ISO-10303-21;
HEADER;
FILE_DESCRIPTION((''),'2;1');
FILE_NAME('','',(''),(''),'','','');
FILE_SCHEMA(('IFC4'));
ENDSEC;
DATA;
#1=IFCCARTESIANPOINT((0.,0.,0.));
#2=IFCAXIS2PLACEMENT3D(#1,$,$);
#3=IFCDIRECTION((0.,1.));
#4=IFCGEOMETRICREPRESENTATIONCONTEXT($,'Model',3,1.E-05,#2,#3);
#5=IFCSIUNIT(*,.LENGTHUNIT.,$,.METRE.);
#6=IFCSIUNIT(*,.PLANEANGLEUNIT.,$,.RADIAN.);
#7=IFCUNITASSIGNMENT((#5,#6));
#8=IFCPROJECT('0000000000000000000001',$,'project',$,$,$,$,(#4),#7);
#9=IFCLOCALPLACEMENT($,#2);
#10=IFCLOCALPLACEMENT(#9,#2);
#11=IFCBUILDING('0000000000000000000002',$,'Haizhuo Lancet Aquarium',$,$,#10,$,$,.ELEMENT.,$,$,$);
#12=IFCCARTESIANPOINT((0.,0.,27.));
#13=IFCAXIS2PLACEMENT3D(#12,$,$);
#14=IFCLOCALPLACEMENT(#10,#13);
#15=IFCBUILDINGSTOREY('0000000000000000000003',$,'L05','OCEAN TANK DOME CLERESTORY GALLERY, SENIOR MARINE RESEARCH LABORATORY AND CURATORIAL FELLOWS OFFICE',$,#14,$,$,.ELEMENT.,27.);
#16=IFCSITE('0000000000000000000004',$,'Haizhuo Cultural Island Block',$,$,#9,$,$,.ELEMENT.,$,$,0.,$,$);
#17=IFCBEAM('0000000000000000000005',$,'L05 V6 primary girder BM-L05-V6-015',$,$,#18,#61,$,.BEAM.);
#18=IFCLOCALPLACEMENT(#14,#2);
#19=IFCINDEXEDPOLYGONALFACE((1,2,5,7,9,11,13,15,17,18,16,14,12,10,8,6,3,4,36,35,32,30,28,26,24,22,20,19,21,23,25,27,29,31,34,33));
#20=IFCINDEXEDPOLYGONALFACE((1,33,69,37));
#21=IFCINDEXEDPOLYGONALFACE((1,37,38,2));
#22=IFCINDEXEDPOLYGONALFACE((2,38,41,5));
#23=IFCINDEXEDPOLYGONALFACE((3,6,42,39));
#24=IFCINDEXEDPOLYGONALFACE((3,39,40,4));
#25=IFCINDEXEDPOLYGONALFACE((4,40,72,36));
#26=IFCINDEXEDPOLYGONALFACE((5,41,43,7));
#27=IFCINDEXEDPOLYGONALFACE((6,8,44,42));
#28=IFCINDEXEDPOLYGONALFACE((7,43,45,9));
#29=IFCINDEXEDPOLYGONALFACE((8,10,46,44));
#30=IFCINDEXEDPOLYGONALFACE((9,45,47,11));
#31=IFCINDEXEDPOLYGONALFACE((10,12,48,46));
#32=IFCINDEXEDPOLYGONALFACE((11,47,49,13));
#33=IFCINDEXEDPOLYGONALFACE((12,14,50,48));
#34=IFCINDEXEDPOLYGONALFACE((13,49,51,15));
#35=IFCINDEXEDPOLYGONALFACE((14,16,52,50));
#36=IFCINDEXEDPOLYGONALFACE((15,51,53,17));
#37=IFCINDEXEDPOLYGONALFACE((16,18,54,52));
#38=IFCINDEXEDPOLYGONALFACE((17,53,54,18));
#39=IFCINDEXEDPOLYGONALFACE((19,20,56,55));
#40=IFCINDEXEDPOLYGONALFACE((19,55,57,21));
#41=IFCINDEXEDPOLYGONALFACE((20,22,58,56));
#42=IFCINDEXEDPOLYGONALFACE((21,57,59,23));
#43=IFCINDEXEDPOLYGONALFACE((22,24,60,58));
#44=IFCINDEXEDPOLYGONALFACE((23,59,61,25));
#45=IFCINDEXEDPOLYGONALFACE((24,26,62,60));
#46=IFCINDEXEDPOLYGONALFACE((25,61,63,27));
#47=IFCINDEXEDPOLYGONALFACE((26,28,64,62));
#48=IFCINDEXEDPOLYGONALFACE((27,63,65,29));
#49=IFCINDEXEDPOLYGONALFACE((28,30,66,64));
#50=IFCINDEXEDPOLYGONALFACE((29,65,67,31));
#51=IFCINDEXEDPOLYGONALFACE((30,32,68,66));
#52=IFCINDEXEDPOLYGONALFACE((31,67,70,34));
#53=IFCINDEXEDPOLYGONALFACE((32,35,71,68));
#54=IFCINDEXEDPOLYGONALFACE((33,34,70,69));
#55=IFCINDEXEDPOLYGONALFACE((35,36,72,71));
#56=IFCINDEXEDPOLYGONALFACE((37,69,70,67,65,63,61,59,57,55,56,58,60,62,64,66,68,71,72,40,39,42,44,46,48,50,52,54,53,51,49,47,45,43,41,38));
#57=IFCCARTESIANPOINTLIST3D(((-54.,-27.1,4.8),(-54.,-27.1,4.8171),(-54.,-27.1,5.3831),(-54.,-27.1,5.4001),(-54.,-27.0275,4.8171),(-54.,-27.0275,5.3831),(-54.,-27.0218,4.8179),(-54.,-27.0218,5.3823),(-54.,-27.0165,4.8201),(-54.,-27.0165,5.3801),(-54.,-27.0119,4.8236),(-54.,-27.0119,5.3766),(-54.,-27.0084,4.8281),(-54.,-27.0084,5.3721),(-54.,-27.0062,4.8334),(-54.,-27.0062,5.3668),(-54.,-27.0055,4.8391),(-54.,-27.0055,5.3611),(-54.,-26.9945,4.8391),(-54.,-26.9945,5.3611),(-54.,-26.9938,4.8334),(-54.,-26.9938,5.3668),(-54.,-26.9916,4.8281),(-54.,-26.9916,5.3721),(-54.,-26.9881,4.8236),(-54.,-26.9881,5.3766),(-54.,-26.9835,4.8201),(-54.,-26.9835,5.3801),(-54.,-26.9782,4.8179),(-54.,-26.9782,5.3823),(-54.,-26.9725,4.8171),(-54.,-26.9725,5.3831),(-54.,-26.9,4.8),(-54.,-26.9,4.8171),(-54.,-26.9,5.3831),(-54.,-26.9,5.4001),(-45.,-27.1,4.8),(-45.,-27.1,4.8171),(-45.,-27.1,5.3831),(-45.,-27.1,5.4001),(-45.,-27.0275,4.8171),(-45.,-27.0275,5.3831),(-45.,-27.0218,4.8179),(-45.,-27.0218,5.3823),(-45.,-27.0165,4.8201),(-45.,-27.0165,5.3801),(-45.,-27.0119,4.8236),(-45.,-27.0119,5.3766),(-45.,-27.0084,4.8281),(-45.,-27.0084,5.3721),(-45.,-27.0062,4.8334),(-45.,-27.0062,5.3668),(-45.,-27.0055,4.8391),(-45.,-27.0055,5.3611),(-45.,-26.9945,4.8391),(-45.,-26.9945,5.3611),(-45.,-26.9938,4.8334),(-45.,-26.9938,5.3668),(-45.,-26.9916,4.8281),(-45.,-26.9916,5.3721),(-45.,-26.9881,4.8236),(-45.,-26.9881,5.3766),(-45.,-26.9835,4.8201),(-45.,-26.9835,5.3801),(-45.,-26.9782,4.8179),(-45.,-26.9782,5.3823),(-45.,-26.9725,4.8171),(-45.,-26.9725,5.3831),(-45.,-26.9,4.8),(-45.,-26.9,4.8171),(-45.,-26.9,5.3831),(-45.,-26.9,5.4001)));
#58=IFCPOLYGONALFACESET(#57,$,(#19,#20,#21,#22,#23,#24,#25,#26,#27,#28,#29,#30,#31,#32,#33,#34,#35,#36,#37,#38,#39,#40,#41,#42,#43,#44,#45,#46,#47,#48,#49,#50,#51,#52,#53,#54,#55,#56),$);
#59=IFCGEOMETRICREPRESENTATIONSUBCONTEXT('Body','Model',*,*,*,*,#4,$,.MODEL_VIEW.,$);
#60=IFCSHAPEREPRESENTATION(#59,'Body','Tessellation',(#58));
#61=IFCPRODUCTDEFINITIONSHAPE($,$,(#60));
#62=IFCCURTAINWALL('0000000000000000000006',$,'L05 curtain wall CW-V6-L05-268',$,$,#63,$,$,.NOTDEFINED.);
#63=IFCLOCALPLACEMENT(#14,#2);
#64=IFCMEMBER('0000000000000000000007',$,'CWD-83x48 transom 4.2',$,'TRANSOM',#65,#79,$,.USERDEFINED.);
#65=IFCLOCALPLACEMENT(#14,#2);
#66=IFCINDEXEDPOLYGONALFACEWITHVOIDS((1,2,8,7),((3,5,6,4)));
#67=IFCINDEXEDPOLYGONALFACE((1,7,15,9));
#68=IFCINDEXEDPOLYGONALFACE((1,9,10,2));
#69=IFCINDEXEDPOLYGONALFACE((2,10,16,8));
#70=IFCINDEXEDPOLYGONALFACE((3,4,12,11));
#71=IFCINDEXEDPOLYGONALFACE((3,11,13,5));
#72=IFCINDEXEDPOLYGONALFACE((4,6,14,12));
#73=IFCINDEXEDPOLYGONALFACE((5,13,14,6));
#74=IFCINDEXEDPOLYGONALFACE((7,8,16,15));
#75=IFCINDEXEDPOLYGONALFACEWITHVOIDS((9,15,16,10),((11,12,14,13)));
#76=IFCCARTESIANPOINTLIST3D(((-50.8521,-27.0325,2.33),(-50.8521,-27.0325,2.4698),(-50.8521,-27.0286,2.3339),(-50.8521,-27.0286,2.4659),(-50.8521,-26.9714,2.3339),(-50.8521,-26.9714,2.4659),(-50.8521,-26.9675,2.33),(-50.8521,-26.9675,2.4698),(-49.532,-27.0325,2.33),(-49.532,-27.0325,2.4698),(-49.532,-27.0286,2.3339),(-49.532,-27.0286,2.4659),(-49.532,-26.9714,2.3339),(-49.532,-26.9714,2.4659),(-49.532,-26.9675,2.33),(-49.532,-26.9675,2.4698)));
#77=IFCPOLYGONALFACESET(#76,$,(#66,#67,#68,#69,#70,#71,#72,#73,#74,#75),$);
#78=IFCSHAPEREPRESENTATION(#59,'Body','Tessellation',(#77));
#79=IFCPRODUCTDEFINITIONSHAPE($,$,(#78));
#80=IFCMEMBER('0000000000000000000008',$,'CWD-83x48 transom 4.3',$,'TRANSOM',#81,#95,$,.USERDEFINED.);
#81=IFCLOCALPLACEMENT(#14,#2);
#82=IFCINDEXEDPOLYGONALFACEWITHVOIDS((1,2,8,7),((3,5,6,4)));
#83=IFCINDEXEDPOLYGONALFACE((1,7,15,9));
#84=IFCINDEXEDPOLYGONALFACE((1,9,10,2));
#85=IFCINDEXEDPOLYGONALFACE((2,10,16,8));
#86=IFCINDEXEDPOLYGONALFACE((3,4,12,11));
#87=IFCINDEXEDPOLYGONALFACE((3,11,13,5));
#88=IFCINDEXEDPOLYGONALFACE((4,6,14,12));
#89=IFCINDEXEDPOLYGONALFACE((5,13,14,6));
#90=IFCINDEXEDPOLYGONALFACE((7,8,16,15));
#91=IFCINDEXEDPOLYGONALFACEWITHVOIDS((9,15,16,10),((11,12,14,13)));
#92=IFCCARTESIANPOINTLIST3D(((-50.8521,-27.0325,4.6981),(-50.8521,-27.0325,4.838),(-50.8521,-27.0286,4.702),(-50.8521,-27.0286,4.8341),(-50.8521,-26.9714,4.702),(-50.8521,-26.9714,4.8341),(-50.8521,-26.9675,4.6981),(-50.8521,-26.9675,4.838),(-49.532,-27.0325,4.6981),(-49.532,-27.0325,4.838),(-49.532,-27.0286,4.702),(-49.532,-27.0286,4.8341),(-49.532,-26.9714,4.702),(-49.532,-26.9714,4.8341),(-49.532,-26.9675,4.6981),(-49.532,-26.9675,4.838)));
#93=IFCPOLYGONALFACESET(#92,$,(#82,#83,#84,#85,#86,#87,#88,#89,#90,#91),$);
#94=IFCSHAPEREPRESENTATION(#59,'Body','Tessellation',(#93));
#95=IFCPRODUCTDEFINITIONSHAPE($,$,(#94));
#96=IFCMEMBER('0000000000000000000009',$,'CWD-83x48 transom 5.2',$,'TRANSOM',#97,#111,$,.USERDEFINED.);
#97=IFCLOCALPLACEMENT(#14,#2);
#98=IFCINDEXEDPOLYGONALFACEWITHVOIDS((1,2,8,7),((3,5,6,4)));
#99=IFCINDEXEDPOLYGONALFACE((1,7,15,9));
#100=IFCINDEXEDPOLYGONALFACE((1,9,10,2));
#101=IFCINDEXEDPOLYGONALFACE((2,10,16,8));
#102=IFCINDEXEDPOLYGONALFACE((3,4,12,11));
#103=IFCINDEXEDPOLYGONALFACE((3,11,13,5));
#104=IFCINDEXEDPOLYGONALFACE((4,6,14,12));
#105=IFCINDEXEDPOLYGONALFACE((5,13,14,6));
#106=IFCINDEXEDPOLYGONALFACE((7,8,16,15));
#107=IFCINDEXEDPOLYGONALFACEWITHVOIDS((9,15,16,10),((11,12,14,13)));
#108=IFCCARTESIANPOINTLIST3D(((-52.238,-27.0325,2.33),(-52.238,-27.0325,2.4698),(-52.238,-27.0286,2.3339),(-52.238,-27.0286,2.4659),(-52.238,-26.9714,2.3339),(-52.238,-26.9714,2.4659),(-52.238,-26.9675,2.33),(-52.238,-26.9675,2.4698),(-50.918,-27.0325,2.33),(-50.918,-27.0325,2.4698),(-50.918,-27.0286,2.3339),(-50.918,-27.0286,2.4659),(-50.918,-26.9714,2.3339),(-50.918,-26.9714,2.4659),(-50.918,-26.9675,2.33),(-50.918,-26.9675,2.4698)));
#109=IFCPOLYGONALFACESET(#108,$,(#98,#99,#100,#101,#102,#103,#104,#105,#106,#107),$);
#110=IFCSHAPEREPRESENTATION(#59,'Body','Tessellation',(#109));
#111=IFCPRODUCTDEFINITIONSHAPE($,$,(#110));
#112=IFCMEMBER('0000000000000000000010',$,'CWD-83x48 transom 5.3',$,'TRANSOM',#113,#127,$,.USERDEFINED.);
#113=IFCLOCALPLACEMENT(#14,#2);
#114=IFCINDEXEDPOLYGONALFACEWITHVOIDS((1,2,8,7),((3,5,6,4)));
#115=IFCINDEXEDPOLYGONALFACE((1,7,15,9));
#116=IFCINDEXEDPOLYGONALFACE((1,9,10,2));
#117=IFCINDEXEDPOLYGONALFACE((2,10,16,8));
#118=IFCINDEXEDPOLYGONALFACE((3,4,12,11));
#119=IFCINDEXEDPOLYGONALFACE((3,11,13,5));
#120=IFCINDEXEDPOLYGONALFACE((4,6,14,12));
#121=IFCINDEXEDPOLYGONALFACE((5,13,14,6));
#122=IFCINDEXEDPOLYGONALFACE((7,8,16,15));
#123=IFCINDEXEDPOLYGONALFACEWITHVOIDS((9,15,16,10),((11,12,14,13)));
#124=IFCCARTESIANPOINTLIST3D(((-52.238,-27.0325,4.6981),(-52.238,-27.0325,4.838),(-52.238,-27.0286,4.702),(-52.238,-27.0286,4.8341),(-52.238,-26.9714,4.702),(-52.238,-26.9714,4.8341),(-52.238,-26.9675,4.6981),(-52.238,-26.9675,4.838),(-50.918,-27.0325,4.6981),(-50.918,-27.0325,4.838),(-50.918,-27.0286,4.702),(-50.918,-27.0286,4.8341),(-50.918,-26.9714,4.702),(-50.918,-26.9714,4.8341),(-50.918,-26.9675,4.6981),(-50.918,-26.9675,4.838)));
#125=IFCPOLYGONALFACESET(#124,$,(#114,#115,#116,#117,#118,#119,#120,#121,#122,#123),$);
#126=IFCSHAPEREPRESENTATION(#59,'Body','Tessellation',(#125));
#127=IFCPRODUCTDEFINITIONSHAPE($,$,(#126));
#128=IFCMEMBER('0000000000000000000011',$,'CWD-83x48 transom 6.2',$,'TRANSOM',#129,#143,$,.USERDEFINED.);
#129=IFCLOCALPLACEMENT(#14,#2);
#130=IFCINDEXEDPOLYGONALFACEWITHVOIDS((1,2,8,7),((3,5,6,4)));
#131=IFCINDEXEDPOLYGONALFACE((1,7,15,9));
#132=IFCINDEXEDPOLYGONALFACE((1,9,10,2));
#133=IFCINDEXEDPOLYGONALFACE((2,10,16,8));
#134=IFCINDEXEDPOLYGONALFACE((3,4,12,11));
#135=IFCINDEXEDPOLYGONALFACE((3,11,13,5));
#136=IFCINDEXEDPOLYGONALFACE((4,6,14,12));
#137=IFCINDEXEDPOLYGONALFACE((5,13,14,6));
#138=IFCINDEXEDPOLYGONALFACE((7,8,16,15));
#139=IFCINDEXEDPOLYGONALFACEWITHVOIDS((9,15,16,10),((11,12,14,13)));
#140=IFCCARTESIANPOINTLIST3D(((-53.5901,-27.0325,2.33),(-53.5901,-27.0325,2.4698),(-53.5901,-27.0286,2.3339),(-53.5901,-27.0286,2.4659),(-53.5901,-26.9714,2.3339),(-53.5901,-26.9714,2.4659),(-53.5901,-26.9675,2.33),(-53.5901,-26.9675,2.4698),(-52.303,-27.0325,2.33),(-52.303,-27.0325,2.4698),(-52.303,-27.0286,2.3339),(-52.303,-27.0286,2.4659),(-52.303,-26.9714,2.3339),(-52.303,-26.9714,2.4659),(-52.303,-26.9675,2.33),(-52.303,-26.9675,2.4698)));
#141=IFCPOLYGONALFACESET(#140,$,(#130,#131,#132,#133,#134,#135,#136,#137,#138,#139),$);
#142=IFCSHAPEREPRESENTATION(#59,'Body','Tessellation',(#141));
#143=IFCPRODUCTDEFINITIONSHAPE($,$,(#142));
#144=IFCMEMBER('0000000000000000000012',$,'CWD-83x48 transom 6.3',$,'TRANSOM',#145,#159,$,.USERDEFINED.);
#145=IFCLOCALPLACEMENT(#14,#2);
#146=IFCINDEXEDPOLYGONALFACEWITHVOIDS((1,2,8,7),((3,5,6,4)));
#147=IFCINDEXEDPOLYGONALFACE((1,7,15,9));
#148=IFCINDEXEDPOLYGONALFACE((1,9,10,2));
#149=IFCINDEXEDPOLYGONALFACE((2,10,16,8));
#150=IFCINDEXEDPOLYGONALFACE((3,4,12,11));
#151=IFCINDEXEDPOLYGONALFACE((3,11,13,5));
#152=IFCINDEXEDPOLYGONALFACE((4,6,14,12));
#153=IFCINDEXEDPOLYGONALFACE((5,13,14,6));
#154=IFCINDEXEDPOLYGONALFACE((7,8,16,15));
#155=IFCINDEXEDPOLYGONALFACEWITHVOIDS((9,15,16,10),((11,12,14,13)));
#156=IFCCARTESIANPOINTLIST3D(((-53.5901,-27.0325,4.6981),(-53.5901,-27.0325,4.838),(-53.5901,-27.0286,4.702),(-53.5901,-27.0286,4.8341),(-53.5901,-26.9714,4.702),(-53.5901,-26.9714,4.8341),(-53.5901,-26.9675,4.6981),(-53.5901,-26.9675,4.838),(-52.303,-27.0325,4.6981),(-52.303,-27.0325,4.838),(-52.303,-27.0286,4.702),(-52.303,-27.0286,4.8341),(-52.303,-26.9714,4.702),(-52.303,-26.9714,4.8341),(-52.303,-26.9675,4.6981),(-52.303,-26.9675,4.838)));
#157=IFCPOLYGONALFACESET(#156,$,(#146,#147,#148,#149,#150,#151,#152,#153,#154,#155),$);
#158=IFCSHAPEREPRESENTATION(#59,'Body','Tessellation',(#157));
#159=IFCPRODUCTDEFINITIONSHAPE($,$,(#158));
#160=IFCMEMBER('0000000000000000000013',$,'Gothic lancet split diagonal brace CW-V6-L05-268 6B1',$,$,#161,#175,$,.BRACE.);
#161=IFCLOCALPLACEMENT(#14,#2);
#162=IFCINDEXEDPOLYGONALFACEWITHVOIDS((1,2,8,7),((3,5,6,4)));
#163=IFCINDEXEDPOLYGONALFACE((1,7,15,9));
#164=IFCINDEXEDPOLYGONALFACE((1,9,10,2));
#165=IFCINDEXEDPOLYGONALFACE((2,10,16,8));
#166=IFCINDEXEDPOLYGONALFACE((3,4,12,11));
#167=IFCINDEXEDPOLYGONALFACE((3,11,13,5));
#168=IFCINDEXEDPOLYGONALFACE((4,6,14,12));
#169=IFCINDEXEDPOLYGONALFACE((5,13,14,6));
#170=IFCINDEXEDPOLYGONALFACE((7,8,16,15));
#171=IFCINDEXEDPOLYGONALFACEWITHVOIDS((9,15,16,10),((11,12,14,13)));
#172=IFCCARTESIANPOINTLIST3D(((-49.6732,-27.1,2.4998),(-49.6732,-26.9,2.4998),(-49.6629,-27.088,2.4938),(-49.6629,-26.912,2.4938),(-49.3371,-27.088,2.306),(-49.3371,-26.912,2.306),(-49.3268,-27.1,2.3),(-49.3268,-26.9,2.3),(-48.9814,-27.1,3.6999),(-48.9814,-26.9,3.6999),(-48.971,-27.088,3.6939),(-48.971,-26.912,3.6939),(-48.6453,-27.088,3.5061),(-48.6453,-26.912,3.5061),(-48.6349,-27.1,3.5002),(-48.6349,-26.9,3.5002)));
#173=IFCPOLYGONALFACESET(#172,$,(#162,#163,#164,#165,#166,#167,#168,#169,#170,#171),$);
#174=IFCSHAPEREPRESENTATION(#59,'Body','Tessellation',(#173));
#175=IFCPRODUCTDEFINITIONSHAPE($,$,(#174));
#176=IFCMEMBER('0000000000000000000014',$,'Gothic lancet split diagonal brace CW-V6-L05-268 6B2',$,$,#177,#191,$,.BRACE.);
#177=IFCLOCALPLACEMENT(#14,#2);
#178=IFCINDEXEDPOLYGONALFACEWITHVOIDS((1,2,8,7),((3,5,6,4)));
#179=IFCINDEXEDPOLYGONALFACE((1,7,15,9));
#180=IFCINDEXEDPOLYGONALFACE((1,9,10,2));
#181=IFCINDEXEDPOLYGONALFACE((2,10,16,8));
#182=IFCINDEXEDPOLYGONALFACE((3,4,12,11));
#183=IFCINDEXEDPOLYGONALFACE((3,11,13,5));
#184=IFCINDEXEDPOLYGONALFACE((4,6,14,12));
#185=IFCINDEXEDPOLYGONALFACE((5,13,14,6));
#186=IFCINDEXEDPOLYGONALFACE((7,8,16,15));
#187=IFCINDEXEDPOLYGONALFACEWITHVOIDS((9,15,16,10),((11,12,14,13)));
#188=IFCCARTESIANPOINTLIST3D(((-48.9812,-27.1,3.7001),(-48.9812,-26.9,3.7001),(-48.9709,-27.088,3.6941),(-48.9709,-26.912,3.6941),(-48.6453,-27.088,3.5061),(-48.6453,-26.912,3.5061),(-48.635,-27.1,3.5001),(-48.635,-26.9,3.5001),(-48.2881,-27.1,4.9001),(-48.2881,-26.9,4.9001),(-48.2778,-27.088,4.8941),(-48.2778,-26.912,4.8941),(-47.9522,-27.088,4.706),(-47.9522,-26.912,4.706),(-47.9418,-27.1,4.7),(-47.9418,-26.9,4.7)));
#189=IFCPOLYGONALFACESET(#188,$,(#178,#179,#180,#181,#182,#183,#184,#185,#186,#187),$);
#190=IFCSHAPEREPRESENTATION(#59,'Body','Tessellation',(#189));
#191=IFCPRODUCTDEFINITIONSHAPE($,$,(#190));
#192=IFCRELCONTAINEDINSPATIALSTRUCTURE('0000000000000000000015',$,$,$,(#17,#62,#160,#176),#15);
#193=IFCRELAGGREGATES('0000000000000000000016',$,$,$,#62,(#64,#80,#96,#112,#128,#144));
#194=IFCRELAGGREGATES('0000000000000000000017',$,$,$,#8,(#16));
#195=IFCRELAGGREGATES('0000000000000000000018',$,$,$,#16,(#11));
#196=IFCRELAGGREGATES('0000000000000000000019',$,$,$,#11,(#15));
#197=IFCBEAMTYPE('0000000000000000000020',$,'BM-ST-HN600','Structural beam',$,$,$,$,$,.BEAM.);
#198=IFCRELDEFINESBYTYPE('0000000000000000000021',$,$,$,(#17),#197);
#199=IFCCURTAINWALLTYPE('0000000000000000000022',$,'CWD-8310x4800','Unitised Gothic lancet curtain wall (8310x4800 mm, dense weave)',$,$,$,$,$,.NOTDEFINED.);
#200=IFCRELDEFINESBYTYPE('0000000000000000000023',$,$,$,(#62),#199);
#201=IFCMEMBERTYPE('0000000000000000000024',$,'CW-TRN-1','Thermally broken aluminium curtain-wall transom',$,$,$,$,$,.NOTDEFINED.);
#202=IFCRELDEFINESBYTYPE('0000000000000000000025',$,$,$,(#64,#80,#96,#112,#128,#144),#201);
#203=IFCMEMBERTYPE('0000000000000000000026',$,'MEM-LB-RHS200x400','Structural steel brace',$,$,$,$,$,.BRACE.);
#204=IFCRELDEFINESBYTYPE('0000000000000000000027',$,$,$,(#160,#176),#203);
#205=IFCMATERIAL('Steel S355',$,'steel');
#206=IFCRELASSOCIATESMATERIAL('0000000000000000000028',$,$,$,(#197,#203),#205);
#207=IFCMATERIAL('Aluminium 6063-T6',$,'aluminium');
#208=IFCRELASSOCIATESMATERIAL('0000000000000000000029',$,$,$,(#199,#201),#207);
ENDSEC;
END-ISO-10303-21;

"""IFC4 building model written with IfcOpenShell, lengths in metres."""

from ifc_helpers import new_model, si_unit, direction, frame, origin, origin_2d, place, context, subcontext, project, spatial, hollow_rectangle, i_section, extrude, material, material_profile, profile_set, type_object, element, aggregate, save


model = new_model("IFC4")

# Units and contexts
model_context = context("Model", 3, precision=1e-05, world=origin(), true_north=direction((0.0, 1.0)))
body_context = subcontext(model_context, "Body", "Model", "MODEL_VIEW")
ifc_project = project(units=[si_unit("LENGTHUNIT", "METRE"), si_unit("PLANEANGLEUNIT", "RADIAN")], contexts=[model_context])

# Site, building, storey
site_placement = place(None, origin())
site = spatial("IfcSite", under=ifc_project, at=site_placement, Name="Haizhuo Cultural Island Block", CompositionType="ELEMENT", RefElevation=0.0)
building_placement = place(site_placement, origin())
building = spatial("IfcBuilding", under=site, at=building_placement, Name="Haizhuo Lancet Aquarium", CompositionType="ELEMENT")
storey_placement = place(building_placement, frame((0.0, 0.0, 27.0)))
storey = spatial("IfcBuildingStorey", under=building, at=storey_placement, Name="L05", Description="OCEAN TANK DOME CLERESTORY GALLERY, SENIOR MARINE RESEARCH LABORATORY AND CURATORIAL FELLOWS OFFICE", CompositionType="ELEMENT", Elevation=27.0)

# Beam
ifc_material_1 = material(Name="Steel S355", Category="steel")
ifc_material_profile_1 = material_profile(ifc_material_1, i_section(OverallWidth=0.2, OverallDepth=0.6001, WebThickness=0.011, FlangeThickness=0.0171, FilletRadius=0.022, at=origin_2d()), Name="HN 600x200x11x17")
ifc_profile_set_1 = profile_set([ifc_material_profile_1], Name="Steel S355")
beam_type = type_object("IfcBeamType", Name="BM-ST-HN600", Description="Structural beam", PredefinedType="BEAM", material=ifc_profile_set_1)
beam_placement = place(storey_placement, frame((-54.0, -27.0, 5.1001), z_axis=(1.0, 0.0, 0.0), x_axis=(0.0, 1.0, 0.0)))
element("IfcBeam", 1, at=beam_placement, inside=storey, type_object=beam_type, Name="L05 V6 primary girder BM-L05-V6-015", PredefinedType="BEAM", context=body_context, shape_type="SweptSolid", body=[
    extrude(i_section(OverallWidth=0.2, OverallDepth=0.6001, WebThickness=0.011, FlangeThickness=0.0171, FilletRadius=0.022, at=origin_2d()), origin(), (0.0, 0.0, 1.0), 9.0),
])

# Curtain wall, members
ifc_material_2 = material(Name="Aluminium 6063-T6", Category="aluminium")
curtain_wall_type = type_object("IfcCurtainWallType", Name="CWD-8310x4800", Description="Unitised Gothic lancet curtain wall (8310x4800 mm, dense weave)", PredefinedType="NOTDEFINED", material=ifc_material_2)
curtain_wall_placement = place(storey_placement, origin())
curtain_wall = element("IfcCurtainWall", 2, at=curtain_wall_placement, inside=storey, type_object=curtain_wall_type, Name="L05 curtain wall CW-V6-L05-268", PredefinedType="NOTDEFINED")
ifc_material_profile_2 = material_profile(ifc_material_2, hollow_rectangle(XDim=0.0649, YDim=0.1399, WallThickness=0.0039, at=origin_2d()), Name="ALU-T 65x140x4")
ifc_profile_set_2 = profile_set([ifc_material_profile_2], Name="Aluminium 6063-T6")
member_type_1 = type_object("IfcMemberType", Name="CW-TRN-1", Description="Thermally broken aluminium curtain-wall transom", PredefinedType="NOTDEFINED", material=ifc_profile_set_2)
member_1_placement = place(storey_placement, frame((-49.532, -27.0, 2.3999), z_axis=(-1.0, 0.0, 0.0), x_axis=(0.0, -1.0, 0.0)))
member_1 = element("IfcMember", 3, at=member_1_placement, type_object=member_type_1, Name="CWD-83x48 transom 4.2", ObjectType="TRANSOM", PredefinedType="USERDEFINED", context=body_context, shape_type="SweptSolid", body=[
    extrude(hollow_rectangle(XDim=0.0649, YDim=0.1399, WallThickness=0.0039, at=origin_2d()), origin(), (0.0, 0.0, 1.0), 1.3201),
])
member_2_placement = place(storey_placement, frame((-49.532, -27.0, 4.7681), z_axis=(-1.0, 0.0, 0.0), x_axis=(0.0, -1.0, 0.0)))
member_2 = element("IfcMember", 4, at=member_2_placement, type_object=member_type_1, Name="CWD-83x48 transom 4.3", ObjectType="TRANSOM", PredefinedType="USERDEFINED", context=body_context, shape_type="SweptSolid", body=[
    extrude(hollow_rectangle(XDim=0.0649, YDim=0.1399, WallThickness=0.0039, at=origin_2d()), origin(), (0.0, 0.0, 1.0), 1.3201),
])
member_3_placement = place(storey_placement, frame((-50.918, -27.0, 2.3999), z_axis=(-1.0, 0.0, 0.0), x_axis=(0.0, -1.0, 0.0)))
member_3 = element("IfcMember", 5, at=member_3_placement, type_object=member_type_1, Name="CWD-83x48 transom 5.2", ObjectType="TRANSOM", PredefinedType="USERDEFINED", context=body_context, shape_type="SweptSolid", body=[
    extrude(hollow_rectangle(XDim=0.0649, YDim=0.1399, WallThickness=0.0039, at=origin_2d()), origin(), (0.0, 0.0, 1.0), 1.3201),
])
member_4_placement = place(storey_placement, frame((-50.918, -27.0, 4.7681), z_axis=(-1.0, 0.0, 0.0), x_axis=(0.0, -1.0, 0.0)))
member_4 = element("IfcMember", 6, at=member_4_placement, type_object=member_type_1, Name="CWD-83x48 transom 5.3", ObjectType="TRANSOM", PredefinedType="USERDEFINED", context=body_context, shape_type="SweptSolid", body=[
    extrude(hollow_rectangle(XDim=0.0649, YDim=0.1399, WallThickness=0.0039, at=origin_2d()), origin(), (0.0, 0.0, 1.0), 1.3201),
])
member_5_placement = place(storey_placement, frame((-52.303, -27.0, 2.3999), z_axis=(-1.0, 0.0, 0.0), x_axis=(0.0, -1.0, 0.0)))
member_5 = element("IfcMember", 7, at=member_5_placement, type_object=member_type_1, Name="CWD-83x48 transom 6.2", ObjectType="TRANSOM", PredefinedType="USERDEFINED", context=body_context, shape_type="SweptSolid", body=[
    extrude(hollow_rectangle(XDim=0.0649, YDim=0.1399, WallThickness=0.0039, at=origin_2d()), origin(), (0.0, 0.0, 1.0), 1.2871),
])
member_6_placement = place(storey_placement, frame((-52.303, -27.0, 4.7681), z_axis=(-1.0, 0.0, 0.0), x_axis=(0.0, -1.0, 0.0)))
member_6 = element("IfcMember", 8, at=member_6_placement, type_object=member_type_1, Name="CWD-83x48 transom 6.3", ObjectType="TRANSOM", PredefinedType="USERDEFINED", context=body_context, shape_type="SweptSolid", body=[
    extrude(hollow_rectangle(XDim=0.0649, YDim=0.1399, WallThickness=0.0039, at=origin_2d()), origin(), (0.0, 0.0, 1.0), 1.2871),
])

# Members
ifc_material_profile_3 = material_profile(ifc_material_1, hollow_rectangle(XDim=0.2, YDim=0.3999, WallThickness=0.012, at=origin_2d()), Name="RHS 200x400x12")
ifc_profile_set_3 = profile_set([ifc_material_profile_3], Name="Steel S355")
member_type_2 = type_object("IfcMemberType", Name="MEM-LB-RHS200x400", Description="Structural steel brace", PredefinedType="BRACE", material=ifc_profile_set_3)
member_7_placement = place(storey_placement, frame((-49.5, -27.0, 2.3999), z_axis=(0.499438, 0.0, 0.86635), x_axis=(0.0, 1.0, 0.0)))
element("IfcMember", 9, at=member_7_placement, inside=storey, type_object=member_type_2, Name="Gothic lancet split diagonal brace CW-V6-L05-268 6B1", PredefinedType="BRACE", context=body_context, shape_type="SweptSolid", body=[
    extrude(hollow_rectangle(XDim=0.2, YDim=0.3999, WallThickness=0.012, at=origin_2d()), origin(), (0.0, 0.0, 1.0), 1.3853),
])
member_8_placement = place(storey_placement, frame((-48.8081, -27.0, 3.6001), z_axis=(0.500175, 0.0, 0.865924), x_axis=(0.0, 1.0, 0.0)))
element("IfcMember", 10, at=member_8_placement, inside=storey, type_object=member_type_2, Name="Gothic lancet split diagonal brace CW-V6-L05-268 6B2", PredefinedType="BRACE", context=body_context, shape_type="SweptSolid", body=[
    extrude(hollow_rectangle(XDim=0.2, YDim=0.3999, WallThickness=0.012, at=origin_2d()), origin(), (0.0, 0.0, 1.0), 1.3857),
])

aggregate(curtain_wall, [member_1, member_2, member_3, member_4, member_5, member_6])

save(model, "model.ifc")
